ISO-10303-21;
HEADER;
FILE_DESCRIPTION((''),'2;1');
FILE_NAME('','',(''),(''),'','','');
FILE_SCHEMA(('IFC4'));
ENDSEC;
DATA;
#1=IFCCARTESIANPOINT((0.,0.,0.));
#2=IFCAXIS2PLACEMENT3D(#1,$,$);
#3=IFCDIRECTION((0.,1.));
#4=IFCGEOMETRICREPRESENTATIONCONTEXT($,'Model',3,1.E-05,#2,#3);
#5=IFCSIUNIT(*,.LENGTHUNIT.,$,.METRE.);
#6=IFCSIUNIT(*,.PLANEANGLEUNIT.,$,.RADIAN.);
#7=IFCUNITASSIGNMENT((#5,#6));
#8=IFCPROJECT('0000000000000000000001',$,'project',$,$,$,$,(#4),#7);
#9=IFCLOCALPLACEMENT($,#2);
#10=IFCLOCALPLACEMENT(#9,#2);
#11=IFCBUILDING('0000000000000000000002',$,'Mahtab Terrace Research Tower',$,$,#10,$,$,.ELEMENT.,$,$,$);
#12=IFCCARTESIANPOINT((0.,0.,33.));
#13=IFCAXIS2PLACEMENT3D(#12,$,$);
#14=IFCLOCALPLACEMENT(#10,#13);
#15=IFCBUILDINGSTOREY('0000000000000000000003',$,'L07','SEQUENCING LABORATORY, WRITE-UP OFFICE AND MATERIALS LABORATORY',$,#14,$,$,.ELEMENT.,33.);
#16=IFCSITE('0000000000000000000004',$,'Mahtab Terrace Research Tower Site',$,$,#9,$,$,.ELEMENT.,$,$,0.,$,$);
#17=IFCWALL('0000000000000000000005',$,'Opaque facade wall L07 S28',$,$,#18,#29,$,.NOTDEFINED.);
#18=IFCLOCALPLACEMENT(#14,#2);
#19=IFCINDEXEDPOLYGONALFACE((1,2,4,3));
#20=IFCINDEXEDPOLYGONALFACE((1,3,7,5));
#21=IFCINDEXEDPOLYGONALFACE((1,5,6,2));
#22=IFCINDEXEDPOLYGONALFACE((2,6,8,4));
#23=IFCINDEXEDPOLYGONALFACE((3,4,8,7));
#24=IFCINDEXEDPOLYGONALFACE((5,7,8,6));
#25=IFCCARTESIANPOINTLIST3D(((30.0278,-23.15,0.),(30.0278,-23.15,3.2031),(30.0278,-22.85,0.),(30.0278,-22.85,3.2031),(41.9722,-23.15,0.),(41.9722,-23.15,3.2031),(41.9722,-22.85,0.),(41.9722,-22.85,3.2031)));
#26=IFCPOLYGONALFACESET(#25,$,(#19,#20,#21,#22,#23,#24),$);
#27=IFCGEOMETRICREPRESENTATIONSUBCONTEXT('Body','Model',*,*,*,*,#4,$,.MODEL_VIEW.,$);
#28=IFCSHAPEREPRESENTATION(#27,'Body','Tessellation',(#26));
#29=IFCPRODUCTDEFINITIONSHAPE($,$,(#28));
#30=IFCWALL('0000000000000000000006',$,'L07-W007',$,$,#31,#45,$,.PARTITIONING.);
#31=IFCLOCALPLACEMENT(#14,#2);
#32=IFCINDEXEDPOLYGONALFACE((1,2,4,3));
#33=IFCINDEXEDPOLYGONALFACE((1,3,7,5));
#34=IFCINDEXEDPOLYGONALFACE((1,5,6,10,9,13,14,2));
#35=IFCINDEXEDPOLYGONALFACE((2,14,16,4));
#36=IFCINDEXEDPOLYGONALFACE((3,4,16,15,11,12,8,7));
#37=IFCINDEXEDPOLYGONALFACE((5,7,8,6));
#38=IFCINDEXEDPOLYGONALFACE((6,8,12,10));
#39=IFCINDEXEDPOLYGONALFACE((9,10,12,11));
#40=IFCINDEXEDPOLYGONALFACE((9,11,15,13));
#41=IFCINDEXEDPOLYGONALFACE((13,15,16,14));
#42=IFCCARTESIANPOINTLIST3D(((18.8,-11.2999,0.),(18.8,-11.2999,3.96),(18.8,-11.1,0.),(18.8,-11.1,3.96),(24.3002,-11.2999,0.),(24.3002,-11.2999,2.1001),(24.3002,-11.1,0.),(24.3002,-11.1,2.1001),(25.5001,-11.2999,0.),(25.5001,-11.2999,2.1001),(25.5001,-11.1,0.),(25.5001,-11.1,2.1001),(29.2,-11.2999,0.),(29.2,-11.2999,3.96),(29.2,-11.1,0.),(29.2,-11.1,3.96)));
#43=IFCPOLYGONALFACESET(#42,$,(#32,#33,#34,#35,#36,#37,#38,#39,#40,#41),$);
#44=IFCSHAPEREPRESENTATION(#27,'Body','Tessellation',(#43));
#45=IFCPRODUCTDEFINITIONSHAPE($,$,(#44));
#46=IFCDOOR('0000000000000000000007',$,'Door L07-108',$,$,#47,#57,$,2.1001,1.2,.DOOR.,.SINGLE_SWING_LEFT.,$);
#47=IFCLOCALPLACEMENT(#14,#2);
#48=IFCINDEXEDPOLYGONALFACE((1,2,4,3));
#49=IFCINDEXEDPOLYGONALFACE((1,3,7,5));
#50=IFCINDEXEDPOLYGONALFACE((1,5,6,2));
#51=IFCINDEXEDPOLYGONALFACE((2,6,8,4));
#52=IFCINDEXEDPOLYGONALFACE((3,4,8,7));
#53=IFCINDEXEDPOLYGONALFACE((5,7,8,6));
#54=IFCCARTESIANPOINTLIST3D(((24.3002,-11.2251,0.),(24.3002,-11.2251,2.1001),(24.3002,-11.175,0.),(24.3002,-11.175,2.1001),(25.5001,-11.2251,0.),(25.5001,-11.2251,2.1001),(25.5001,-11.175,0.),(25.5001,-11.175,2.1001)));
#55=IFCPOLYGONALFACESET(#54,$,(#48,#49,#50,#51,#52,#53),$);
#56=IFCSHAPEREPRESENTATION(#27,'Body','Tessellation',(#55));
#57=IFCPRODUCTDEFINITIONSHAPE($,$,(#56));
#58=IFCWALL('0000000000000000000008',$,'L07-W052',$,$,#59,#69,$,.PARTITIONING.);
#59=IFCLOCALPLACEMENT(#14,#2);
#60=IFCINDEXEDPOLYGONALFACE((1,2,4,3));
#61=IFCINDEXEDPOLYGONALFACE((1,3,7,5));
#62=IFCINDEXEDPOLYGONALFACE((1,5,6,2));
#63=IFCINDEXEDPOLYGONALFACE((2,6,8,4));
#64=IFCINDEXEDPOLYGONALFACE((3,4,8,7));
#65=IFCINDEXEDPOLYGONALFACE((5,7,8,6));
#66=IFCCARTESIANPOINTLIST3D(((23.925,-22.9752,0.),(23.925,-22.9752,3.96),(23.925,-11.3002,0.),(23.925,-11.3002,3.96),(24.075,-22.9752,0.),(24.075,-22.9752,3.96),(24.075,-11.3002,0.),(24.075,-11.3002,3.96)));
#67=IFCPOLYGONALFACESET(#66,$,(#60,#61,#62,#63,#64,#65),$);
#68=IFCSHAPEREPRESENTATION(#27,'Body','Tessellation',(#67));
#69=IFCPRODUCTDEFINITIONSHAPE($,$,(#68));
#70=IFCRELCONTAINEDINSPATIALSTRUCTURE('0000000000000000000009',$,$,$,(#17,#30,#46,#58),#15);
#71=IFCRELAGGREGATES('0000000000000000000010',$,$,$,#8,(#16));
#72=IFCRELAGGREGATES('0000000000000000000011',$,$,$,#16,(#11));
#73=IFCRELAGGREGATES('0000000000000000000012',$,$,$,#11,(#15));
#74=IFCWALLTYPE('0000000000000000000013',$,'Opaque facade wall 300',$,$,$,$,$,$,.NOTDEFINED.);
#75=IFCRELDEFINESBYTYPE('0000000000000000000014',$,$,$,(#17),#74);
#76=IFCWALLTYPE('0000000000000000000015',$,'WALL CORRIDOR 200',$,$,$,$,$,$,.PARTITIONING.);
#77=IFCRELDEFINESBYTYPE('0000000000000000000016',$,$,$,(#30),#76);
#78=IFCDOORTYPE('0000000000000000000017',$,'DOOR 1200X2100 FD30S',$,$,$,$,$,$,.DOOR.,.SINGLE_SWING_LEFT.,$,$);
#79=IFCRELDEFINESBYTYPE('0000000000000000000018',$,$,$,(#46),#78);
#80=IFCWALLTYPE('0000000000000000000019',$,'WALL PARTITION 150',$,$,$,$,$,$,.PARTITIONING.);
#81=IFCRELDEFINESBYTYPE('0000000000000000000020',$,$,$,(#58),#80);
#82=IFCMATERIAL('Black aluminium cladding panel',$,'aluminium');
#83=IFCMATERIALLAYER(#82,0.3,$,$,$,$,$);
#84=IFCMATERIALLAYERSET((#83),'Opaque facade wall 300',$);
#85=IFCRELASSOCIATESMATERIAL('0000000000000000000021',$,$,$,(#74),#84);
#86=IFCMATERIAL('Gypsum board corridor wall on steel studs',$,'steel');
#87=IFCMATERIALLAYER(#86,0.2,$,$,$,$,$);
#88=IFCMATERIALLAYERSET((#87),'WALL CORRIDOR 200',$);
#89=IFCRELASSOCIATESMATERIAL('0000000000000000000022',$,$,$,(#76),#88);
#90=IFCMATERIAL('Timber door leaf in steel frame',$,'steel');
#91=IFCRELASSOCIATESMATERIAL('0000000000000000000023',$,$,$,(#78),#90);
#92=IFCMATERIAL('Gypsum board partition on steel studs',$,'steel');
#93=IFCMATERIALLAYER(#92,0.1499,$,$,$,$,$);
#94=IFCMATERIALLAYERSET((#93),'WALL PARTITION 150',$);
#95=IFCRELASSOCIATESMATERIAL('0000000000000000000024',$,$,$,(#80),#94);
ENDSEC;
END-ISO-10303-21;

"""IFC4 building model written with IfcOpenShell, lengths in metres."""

from ifc_helpers import new_model, si_unit, direction, frame, frame_2d, origin, place, context, subcontext, project, spatial, rectangle, extrude, material, layer, layer_set, type_object, element, fill, save


model = new_model("IFC4")

# Units and contexts
model_context = context("Model", 3, precision=1e-05, world=origin(), true_north=direction((0.0, 1.0)))
body_context = subcontext(model_context, "Body", "Model", "MODEL_VIEW")
ifc_project = project(units=[si_unit("LENGTHUNIT", "METRE"), si_unit("PLANEANGLEUNIT", "RADIAN")], contexts=[model_context])

# Site, building, storey
site_placement = place(None, origin())
site = spatial("IfcSite", under=ifc_project, at=site_placement, Name="Mahtab Terrace Research Tower Site", CompositionType="ELEMENT", RefElevation=0.0)
building_placement = place(site_placement, origin())
building = spatial("IfcBuilding", under=site, at=building_placement, Name="Mahtab Terrace Research Tower", CompositionType="ELEMENT")
storey_placement = place(building_placement, frame((0.0, 0.0, 33.0)))
storey = spatial("IfcBuildingStorey", under=building, at=storey_placement, Name="L07", Description="SEQUENCING LABORATORY, WRITE-UP OFFICE AND MATERIALS LABORATORY", CompositionType="ELEMENT", Elevation=33.0)

# Wall
ifc_material_1 = material(Name="Black aluminium cladding panel", Category="aluminium")
ifc_layer_1 = layer(ifc_material_1, 0.3)
ifc_layer_set_1 = layer_set([ifc_layer_1], Name="Opaque facade wall 300")
wall_type_1 = type_object("IfcWallType", Name="Opaque facade wall 300", PredefinedType="NOTDEFINED", material=ifc_layer_set_1)
wall_1_placement = place(storey_placement, frame((30.0278, -23.0, 0.0), z_axis=(0.0, 0.0, 1.0), x_axis=(1.0, 0.0, 0.0)))
element("IfcWall", 1, at=wall_1_placement, inside=storey, type_object=wall_type_1, Name="Opaque facade wall L07 S28", PredefinedType="NOTDEFINED", context=body_context, shape_type="SweptSolid", body=[
    extrude(rectangle(XDim=11.9443, YDim=0.3, at=frame_2d((5.9722, 0.0))), origin(), (0.0, 0.0, 1.0), 3.2031),
])

# Wall, opening, door
ifc_material_2 = material(Name="Gypsum board corridor wall on steel studs", Category="steel")
ifc_layer_2 = layer(ifc_material_2, 0.2)
ifc_layer_set_2 = layer_set([ifc_layer_2], Name="WALL CORRIDOR 200")
wall_type_2 = type_object("IfcWallType", Name="WALL CORRIDOR 200", PredefinedType="PARTITIONING", material=ifc_layer_set_2)
wall_2_placement = place(storey_placement, frame((18.8, -11.2, 0.0), z_axis=(0.0, 0.0, 1.0), x_axis=(1.0, 0.0, 0.0)))
wall_2 = element("IfcWall", 2, at=wall_2_placement, inside=storey, type_object=wall_type_2, Name="L07-W007", PredefinedType="PARTITIONING", context=body_context, shape_type="SweptSolid", body=[
    extrude(rectangle(XDim=10.3999, YDim=0.2, at=frame_2d((5.2, 0.0))), origin(), (0.0, 0.0, 1.0), 3.96),
])
opening_placement = place(wall_2_placement, frame((5.5, 0.0, 0.0)))
opening = element("IfcOpeningElement", 3, at=opening_placement, cuts=wall_2, PredefinedType="OPENING", context=body_context, shape_type="SweptSolid", body=[
    extrude(rectangle(XDim=1.2, YDim=2.1001, at=frame_2d((0.6001, 1.05))), frame((0.0, 0.1099, 0.0), z_axis=(0.0, -1.0, 0.0), x_axis=(1.0, 0.0, 0.0)), (0.0, 0.0, 1.0), 0.22),
])
ifc_material_3 = material(Name="Timber door leaf in steel frame", Category="steel")
door_type = type_object("IfcDoorType", Name="DOOR 1200X2100 FD30S", OperationType="SINGLE_SWING_LEFT", PredefinedType="DOOR", material=ifc_material_3)
door_placement = place(opening_placement, origin())
door = element("IfcDoor", 4, at=door_placement, inside=storey, type_object=door_type, Name="Door L07-108", OperationType="SINGLE_SWING_LEFT", OverallHeight=2.1001, OverallWidth=1.2, PredefinedType="DOOR", context=body_context, shape_type="SweptSolid", body=[
    extrude(rectangle(XDim=1.2, YDim=2.1001, at=frame_2d((0.6001, 1.05))), frame((0.0, 0.0249, 0.0), z_axis=(0.0, -1.0, 0.0), x_axis=(1.0, 0.0, 0.0)), (0.0, 0.0, 1.0), 0.05),
])
fill(opening, door)

# Wall
ifc_material_4 = material(Name="Gypsum board partition on steel studs", Category="steel")
ifc_layer_3 = layer(ifc_material_4, 0.1499)
ifc_layer_set_3 = layer_set([ifc_layer_3], Name="WALL PARTITION 150")
wall_type_3 = type_object("IfcWallType", Name="WALL PARTITION 150", PredefinedType="PARTITIONING", material=ifc_layer_set_3)
wall_3_placement = place(storey_placement, frame((24.0, -22.9751, 0.0), z_axis=(0.0, 0.0, 1.0), x_axis=(0.0, 1.0, 0.0)))
element("IfcWall", 5, at=wall_3_placement, inside=storey, type_object=wall_type_3, Name="L07-W052", PredefinedType="PARTITIONING", context=body_context, shape_type="SweptSolid", body=[
    extrude(rectangle(XDim=11.675, YDim=0.1499, at=frame_2d((5.8374, 0.0))), origin(), (0.0, 0.0, 1.0), 3.96),
])

save(model, "model.ifc")
